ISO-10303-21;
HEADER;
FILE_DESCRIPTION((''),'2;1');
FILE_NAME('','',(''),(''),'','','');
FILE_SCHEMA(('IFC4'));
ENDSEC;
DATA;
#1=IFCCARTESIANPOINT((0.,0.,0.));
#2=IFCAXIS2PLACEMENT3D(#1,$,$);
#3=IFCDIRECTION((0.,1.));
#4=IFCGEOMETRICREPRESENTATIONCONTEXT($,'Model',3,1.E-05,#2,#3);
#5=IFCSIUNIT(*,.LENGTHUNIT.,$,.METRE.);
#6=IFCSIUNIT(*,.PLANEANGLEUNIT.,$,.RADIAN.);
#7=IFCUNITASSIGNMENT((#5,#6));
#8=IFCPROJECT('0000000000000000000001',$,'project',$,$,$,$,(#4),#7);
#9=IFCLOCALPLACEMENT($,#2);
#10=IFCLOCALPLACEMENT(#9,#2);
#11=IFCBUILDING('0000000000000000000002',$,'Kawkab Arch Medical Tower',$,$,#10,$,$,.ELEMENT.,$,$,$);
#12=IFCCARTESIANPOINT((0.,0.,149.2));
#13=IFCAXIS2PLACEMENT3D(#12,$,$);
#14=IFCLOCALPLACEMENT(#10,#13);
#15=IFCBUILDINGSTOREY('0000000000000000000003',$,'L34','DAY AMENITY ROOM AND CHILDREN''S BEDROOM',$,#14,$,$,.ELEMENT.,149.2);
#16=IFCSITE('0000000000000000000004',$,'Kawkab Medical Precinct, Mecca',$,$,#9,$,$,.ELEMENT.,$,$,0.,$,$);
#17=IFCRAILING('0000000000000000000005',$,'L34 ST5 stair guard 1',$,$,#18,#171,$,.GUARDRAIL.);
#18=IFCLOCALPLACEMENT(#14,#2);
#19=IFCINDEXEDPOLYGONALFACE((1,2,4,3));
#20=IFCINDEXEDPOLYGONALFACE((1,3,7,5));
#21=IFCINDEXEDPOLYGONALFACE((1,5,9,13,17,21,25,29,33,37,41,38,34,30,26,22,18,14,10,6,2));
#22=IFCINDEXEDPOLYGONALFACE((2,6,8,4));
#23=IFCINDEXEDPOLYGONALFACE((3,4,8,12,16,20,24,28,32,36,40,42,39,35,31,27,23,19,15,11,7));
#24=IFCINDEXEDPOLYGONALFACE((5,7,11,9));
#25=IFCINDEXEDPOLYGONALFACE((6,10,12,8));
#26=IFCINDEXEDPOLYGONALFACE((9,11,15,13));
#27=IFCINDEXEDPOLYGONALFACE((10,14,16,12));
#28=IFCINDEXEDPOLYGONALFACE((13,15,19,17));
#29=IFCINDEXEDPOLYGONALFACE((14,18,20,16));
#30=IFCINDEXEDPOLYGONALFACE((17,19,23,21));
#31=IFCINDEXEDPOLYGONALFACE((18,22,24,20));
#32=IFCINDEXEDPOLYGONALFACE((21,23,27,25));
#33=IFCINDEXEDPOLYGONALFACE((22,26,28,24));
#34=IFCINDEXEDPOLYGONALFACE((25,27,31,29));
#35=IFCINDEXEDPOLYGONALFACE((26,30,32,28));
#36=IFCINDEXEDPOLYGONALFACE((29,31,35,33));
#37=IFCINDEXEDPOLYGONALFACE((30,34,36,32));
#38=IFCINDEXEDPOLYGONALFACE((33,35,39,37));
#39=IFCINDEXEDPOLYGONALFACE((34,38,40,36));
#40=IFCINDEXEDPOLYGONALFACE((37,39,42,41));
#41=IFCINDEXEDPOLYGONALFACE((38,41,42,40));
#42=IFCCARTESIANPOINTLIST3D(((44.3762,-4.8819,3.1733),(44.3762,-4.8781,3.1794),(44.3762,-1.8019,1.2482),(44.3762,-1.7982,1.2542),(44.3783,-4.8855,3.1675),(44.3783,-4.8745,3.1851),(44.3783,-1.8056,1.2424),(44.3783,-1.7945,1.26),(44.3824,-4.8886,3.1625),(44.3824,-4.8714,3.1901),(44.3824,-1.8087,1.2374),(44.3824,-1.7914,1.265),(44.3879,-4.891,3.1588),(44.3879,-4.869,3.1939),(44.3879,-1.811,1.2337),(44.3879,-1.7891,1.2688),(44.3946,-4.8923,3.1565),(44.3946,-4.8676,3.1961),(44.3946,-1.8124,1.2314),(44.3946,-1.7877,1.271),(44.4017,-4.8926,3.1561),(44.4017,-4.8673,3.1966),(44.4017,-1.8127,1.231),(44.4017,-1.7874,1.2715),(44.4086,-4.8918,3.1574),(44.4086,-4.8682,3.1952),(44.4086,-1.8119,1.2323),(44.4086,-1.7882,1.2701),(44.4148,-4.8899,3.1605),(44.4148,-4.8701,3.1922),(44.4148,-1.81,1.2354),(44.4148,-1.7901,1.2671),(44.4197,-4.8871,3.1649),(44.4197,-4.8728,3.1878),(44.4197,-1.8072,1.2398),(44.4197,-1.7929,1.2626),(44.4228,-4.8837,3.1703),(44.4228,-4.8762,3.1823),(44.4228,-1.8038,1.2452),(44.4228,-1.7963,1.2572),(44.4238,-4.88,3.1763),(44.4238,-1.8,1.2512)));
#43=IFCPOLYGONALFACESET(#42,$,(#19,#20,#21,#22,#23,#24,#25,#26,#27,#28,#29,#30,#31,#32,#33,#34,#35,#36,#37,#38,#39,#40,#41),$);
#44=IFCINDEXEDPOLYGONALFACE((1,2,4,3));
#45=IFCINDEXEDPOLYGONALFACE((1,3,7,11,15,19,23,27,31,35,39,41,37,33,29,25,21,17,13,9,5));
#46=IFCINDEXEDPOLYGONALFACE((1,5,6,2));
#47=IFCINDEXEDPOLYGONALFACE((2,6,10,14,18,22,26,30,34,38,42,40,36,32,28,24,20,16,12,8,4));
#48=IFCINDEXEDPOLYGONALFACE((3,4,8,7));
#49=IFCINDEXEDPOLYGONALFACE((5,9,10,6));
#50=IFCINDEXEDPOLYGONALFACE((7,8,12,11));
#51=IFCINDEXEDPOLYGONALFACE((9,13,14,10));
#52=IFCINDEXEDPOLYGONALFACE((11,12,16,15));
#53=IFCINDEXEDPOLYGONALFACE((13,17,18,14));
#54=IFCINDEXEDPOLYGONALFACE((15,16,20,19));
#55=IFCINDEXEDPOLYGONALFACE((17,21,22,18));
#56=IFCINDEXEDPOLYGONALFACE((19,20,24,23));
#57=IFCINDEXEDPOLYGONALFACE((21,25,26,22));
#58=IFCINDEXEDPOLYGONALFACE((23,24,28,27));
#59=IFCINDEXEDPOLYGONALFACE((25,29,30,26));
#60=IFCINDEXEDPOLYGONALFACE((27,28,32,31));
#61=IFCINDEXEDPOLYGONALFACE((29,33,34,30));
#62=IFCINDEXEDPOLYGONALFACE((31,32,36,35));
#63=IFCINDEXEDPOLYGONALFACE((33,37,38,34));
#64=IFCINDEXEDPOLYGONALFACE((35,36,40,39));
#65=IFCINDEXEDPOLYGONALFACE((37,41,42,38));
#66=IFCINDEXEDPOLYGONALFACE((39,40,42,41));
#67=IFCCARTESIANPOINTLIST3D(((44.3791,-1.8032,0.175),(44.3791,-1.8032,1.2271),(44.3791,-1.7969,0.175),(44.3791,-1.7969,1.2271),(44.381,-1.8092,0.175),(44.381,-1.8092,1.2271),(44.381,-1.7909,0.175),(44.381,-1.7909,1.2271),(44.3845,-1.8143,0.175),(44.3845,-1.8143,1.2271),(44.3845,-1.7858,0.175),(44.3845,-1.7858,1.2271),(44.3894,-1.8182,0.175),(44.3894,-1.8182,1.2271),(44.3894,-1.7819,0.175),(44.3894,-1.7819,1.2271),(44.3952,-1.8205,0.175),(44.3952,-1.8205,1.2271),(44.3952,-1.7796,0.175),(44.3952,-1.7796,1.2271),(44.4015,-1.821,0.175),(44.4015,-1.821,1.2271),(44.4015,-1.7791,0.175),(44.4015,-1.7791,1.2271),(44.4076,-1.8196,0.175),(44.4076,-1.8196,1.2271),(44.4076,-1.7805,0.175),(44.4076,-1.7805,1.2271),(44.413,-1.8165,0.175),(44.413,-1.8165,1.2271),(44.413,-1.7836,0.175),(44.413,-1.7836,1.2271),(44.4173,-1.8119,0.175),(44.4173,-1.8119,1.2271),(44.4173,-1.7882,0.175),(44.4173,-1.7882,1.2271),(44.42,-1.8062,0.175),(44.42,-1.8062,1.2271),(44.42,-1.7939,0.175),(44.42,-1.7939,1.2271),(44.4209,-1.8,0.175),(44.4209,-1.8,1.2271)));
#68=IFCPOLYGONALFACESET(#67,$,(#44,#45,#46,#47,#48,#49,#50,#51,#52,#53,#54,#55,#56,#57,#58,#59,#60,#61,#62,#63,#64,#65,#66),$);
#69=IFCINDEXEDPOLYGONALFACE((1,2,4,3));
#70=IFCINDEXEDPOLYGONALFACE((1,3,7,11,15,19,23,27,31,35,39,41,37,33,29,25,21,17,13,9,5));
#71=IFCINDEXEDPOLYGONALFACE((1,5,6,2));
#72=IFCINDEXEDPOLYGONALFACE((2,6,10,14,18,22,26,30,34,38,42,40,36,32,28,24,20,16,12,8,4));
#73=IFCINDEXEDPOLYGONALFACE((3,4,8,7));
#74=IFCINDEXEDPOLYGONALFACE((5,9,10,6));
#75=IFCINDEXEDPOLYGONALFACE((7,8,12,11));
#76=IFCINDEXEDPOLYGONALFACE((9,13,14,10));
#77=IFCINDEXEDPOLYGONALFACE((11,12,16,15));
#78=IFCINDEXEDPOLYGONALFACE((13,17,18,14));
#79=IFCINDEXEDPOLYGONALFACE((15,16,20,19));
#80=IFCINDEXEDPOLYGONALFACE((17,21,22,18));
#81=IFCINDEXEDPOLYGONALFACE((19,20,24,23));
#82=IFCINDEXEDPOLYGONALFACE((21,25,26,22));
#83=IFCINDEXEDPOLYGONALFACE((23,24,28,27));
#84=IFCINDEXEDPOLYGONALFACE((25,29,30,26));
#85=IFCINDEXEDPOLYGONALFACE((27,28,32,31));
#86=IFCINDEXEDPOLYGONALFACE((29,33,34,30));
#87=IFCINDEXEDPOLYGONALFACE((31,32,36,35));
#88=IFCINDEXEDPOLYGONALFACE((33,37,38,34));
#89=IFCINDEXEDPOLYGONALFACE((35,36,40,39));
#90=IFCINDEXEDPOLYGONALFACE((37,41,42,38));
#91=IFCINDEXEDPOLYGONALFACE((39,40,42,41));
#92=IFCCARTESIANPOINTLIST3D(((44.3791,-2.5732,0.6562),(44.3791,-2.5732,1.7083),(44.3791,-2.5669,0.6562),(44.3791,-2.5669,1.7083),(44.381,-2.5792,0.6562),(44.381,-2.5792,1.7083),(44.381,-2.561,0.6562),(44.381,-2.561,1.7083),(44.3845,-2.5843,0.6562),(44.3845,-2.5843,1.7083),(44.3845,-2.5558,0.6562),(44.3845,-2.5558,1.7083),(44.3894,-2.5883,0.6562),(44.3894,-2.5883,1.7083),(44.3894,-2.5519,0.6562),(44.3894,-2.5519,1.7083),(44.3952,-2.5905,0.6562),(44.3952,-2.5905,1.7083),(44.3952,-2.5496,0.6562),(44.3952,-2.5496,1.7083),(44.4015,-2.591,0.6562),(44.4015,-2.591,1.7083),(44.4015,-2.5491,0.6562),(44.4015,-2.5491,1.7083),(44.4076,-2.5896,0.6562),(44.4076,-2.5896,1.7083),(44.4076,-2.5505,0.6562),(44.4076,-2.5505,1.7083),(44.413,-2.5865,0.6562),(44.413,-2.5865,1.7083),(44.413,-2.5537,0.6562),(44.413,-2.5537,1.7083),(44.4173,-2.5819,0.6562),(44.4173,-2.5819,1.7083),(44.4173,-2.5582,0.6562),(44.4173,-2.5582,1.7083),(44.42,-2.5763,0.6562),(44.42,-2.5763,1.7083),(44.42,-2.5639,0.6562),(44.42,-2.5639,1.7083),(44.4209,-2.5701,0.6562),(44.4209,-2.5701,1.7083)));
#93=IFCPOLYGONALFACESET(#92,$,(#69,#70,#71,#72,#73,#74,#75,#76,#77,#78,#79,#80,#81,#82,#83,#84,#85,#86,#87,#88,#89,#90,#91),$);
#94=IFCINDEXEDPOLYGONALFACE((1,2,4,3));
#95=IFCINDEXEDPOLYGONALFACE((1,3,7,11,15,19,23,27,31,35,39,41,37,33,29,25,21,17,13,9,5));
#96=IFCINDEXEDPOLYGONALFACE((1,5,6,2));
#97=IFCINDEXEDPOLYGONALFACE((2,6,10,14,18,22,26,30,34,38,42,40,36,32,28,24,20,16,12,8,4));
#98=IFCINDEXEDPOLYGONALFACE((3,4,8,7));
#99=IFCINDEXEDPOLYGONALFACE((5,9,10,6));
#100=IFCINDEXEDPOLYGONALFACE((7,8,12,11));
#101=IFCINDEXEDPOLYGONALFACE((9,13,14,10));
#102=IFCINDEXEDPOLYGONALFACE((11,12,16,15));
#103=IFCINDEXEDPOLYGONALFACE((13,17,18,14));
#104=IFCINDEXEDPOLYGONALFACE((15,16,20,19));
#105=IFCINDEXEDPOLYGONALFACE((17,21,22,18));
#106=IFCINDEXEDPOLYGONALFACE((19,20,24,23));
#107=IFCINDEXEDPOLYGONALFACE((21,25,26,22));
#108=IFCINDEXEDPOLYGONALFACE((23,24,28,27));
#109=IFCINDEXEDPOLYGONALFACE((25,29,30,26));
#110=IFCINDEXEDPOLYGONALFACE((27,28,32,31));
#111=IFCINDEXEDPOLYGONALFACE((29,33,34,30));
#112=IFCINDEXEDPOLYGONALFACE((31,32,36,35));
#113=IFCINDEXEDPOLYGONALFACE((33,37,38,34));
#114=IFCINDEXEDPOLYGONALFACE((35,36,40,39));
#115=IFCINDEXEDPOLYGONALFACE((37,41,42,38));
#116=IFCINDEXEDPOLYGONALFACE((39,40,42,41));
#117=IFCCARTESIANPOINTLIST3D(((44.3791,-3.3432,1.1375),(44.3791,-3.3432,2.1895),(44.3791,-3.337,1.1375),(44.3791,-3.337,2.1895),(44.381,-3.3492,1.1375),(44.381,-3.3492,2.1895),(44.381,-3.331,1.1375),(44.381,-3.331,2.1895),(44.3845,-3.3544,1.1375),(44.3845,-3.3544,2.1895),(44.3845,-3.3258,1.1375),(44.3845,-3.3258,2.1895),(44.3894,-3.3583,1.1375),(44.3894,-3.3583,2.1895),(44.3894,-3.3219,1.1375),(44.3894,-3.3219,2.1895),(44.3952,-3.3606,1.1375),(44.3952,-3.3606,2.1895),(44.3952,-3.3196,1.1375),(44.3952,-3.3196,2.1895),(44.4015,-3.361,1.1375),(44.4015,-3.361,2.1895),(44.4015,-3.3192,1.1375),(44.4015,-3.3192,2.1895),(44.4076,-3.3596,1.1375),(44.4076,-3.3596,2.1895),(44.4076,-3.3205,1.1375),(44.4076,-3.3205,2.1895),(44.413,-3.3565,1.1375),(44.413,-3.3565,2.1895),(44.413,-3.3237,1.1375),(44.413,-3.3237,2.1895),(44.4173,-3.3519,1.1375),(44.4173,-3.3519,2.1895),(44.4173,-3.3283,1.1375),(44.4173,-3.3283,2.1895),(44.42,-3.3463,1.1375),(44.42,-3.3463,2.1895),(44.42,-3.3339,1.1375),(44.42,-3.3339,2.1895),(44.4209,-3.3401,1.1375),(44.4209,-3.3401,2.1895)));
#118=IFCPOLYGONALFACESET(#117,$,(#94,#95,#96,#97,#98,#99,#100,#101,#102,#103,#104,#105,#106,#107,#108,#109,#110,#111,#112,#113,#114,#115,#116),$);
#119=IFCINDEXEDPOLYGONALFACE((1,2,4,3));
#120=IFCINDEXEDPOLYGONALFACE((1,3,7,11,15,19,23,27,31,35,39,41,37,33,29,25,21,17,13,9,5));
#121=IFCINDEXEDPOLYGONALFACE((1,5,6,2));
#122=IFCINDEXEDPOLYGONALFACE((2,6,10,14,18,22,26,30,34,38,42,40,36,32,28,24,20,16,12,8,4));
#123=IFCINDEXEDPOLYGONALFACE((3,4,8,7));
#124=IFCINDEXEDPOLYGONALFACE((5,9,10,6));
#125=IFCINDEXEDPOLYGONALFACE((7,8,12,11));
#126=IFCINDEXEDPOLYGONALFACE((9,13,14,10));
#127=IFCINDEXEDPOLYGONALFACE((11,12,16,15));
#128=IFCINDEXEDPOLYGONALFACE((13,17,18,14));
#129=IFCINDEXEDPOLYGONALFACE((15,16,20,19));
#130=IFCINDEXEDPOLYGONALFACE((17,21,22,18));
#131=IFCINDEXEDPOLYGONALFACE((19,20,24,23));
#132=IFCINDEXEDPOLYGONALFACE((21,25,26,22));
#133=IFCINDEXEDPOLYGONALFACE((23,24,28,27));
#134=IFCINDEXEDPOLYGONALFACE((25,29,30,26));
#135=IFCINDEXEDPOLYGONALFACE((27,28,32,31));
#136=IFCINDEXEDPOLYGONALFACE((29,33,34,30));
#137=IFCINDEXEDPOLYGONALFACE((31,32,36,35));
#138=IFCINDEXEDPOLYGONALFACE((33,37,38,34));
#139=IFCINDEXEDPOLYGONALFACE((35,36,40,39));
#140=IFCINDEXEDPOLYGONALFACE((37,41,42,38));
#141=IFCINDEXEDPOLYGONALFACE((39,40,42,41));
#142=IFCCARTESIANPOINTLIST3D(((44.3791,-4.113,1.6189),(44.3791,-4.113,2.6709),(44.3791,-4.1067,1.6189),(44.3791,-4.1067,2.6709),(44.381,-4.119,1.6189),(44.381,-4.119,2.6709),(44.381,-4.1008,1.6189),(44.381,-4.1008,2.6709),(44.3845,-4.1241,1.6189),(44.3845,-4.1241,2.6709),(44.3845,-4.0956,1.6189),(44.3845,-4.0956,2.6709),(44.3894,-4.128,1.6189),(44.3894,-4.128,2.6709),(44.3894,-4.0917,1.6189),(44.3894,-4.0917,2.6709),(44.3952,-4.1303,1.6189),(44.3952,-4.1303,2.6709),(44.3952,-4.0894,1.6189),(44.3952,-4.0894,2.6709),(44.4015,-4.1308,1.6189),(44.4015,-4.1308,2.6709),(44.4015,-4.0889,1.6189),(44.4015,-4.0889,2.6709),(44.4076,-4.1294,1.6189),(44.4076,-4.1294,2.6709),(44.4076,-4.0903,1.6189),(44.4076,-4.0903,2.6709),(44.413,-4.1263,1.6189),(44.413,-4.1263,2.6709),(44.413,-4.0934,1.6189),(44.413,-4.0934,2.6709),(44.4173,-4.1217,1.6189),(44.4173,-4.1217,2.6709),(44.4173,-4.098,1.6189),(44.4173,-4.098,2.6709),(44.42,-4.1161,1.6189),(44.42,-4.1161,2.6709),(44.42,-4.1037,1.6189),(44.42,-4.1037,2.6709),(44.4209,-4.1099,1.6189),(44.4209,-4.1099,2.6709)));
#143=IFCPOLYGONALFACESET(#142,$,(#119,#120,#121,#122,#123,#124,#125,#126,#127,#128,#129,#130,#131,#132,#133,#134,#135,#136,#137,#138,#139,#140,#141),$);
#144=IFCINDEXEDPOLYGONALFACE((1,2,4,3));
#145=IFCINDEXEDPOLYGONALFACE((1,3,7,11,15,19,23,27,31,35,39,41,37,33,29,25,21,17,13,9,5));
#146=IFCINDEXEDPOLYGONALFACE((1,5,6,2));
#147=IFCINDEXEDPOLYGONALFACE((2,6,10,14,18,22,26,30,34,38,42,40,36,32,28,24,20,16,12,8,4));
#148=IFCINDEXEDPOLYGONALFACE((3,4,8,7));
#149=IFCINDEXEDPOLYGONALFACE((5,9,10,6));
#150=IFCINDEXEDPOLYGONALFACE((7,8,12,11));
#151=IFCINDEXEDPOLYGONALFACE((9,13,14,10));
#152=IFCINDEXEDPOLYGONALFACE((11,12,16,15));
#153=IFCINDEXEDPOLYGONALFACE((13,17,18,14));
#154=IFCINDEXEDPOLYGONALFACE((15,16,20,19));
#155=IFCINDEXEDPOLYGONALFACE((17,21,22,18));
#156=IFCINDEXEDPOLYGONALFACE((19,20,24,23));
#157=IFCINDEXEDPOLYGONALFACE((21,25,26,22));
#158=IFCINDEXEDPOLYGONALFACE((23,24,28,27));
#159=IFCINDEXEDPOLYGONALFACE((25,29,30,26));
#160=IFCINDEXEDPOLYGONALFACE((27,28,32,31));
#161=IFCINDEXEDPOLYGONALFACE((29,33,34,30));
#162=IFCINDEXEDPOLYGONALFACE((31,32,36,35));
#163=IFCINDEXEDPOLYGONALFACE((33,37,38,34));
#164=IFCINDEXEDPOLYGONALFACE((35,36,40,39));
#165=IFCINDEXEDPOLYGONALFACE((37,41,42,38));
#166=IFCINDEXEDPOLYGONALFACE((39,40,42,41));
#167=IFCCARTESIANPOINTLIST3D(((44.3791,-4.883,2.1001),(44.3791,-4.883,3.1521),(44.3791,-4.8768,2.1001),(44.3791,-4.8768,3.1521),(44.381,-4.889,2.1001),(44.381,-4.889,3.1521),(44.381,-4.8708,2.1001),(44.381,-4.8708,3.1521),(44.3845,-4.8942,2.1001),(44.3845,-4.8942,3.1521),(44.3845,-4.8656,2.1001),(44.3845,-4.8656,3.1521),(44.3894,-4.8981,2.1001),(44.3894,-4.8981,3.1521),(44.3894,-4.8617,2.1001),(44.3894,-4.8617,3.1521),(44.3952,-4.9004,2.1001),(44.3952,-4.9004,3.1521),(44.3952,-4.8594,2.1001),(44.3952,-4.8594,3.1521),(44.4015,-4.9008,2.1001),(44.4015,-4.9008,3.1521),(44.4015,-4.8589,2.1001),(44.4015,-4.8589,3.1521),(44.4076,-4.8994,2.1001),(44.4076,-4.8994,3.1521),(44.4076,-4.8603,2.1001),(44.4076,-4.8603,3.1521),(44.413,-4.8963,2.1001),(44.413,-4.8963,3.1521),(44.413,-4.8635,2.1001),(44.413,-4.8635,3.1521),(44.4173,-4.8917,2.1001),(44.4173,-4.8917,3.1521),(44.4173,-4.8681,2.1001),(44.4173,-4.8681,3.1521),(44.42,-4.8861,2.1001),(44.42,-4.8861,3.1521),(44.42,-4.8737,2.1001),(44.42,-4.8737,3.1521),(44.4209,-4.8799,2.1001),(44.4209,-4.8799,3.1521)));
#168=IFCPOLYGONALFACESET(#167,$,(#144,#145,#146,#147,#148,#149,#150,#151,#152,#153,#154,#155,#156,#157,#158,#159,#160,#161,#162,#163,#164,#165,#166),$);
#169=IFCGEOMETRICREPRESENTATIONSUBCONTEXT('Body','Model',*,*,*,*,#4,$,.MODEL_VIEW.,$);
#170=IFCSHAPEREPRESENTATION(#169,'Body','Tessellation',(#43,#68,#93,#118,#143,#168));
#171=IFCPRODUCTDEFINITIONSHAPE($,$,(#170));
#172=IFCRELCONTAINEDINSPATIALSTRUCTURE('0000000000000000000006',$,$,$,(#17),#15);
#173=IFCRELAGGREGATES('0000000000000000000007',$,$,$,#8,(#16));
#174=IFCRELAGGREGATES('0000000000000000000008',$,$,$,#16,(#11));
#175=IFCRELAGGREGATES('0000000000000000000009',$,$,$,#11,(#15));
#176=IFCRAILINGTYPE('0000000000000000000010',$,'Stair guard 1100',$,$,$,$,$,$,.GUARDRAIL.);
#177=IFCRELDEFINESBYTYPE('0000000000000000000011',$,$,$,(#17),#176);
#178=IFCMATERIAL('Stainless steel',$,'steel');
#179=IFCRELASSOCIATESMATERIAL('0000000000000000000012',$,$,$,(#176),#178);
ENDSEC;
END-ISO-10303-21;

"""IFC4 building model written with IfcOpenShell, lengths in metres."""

from ifc_helpers import new_model, si_unit, direction, frame, origin, origin_2d, place, context, subcontext, project, spatial, circle, extrude, material, type_object, element, save


model = new_model("IFC4")

# Units and contexts
model_context = context("Model", 3, precision=1e-05, world=origin(), true_north=direction((0.0, 1.0)))
body_context = subcontext(model_context, "Body", "Model", "MODEL_VIEW")
ifc_project = project(units=[si_unit("LENGTHUNIT", "METRE"), si_unit("PLANEANGLEUNIT", "RADIAN")], contexts=[model_context])

# Site, building, storey
site_placement = place(None, origin())
site = spatial("IfcSite", under=ifc_project, at=site_placement, Name="Kawkab Medical Precinct, Mecca", CompositionType="ELEMENT", RefElevation=0.0)
building_placement = place(site_placement, origin())
building = spatial("IfcBuilding", under=site, at=building_placement, Name="Kawkab Arch Medical Tower", CompositionType="ELEMENT")
storey_placement = place(building_placement, frame((0.0, 0.0, 149.2)))
storey = spatial("IfcBuildingStorey", under=building, at=storey_placement, Name="L34", Description="DAY AMENITY ROOM AND CHILDREN'S BEDROOM", CompositionType="ELEMENT", Elevation=149.2)

# Railing
ifc_material_1 = material(Name="Stainless steel", Category="steel")
railing_type = type_object("IfcRailingType", Name="Stair guard 1100", PredefinedType="GUARDRAIL", material=ifc_material_1)
railing_1_placement = place(storey_placement, frame((44.3999, -1.8, 0.175)))
element("IfcRailing", 1, at=railing_1_placement, inside=storey, type_object=railing_type, Name="L34 ST5 stair guard 1", PredefinedType="GUARDRAIL", context=body_context, shape_type="SweptSolid", body=[
    extrude(circle(Radius=0.0239, at=origin_2d()), frame((0.0, 0.0, 1.0762), z_axis=(0.0, -0.847979, 0.530029), x_axis=(1.0, 0.0, 0.0)), (0.0, 0.0, 1.0), 3.6321),
    extrude(circle(Radius=0.021, at=origin_2d()), origin(), (0.0, 0.0, 1.0), 1.052),
    extrude(circle(Radius=0.021, at=origin_2d()), frame((0.0, -0.77, 0.4812)), (0.0, 0.0, 1.0), 1.052),
    extrude(circle(Radius=0.021, at=origin_2d()), frame((0.0, -1.54, 0.9624)), (0.0, 0.0, 1.0), 1.052),
    extrude(circle(Radius=0.021, at=origin_2d()), frame((0.0, -2.3098, 1.4438)), (0.0, 0.0, 1.0), 1.052),
    extrude(circle(Radius=0.021, at=origin_2d()), frame((0.0, -3.0798, 1.925)), (0.0, 0.0, 1.0), 1.052),
])

save(model, "model.ifc")
